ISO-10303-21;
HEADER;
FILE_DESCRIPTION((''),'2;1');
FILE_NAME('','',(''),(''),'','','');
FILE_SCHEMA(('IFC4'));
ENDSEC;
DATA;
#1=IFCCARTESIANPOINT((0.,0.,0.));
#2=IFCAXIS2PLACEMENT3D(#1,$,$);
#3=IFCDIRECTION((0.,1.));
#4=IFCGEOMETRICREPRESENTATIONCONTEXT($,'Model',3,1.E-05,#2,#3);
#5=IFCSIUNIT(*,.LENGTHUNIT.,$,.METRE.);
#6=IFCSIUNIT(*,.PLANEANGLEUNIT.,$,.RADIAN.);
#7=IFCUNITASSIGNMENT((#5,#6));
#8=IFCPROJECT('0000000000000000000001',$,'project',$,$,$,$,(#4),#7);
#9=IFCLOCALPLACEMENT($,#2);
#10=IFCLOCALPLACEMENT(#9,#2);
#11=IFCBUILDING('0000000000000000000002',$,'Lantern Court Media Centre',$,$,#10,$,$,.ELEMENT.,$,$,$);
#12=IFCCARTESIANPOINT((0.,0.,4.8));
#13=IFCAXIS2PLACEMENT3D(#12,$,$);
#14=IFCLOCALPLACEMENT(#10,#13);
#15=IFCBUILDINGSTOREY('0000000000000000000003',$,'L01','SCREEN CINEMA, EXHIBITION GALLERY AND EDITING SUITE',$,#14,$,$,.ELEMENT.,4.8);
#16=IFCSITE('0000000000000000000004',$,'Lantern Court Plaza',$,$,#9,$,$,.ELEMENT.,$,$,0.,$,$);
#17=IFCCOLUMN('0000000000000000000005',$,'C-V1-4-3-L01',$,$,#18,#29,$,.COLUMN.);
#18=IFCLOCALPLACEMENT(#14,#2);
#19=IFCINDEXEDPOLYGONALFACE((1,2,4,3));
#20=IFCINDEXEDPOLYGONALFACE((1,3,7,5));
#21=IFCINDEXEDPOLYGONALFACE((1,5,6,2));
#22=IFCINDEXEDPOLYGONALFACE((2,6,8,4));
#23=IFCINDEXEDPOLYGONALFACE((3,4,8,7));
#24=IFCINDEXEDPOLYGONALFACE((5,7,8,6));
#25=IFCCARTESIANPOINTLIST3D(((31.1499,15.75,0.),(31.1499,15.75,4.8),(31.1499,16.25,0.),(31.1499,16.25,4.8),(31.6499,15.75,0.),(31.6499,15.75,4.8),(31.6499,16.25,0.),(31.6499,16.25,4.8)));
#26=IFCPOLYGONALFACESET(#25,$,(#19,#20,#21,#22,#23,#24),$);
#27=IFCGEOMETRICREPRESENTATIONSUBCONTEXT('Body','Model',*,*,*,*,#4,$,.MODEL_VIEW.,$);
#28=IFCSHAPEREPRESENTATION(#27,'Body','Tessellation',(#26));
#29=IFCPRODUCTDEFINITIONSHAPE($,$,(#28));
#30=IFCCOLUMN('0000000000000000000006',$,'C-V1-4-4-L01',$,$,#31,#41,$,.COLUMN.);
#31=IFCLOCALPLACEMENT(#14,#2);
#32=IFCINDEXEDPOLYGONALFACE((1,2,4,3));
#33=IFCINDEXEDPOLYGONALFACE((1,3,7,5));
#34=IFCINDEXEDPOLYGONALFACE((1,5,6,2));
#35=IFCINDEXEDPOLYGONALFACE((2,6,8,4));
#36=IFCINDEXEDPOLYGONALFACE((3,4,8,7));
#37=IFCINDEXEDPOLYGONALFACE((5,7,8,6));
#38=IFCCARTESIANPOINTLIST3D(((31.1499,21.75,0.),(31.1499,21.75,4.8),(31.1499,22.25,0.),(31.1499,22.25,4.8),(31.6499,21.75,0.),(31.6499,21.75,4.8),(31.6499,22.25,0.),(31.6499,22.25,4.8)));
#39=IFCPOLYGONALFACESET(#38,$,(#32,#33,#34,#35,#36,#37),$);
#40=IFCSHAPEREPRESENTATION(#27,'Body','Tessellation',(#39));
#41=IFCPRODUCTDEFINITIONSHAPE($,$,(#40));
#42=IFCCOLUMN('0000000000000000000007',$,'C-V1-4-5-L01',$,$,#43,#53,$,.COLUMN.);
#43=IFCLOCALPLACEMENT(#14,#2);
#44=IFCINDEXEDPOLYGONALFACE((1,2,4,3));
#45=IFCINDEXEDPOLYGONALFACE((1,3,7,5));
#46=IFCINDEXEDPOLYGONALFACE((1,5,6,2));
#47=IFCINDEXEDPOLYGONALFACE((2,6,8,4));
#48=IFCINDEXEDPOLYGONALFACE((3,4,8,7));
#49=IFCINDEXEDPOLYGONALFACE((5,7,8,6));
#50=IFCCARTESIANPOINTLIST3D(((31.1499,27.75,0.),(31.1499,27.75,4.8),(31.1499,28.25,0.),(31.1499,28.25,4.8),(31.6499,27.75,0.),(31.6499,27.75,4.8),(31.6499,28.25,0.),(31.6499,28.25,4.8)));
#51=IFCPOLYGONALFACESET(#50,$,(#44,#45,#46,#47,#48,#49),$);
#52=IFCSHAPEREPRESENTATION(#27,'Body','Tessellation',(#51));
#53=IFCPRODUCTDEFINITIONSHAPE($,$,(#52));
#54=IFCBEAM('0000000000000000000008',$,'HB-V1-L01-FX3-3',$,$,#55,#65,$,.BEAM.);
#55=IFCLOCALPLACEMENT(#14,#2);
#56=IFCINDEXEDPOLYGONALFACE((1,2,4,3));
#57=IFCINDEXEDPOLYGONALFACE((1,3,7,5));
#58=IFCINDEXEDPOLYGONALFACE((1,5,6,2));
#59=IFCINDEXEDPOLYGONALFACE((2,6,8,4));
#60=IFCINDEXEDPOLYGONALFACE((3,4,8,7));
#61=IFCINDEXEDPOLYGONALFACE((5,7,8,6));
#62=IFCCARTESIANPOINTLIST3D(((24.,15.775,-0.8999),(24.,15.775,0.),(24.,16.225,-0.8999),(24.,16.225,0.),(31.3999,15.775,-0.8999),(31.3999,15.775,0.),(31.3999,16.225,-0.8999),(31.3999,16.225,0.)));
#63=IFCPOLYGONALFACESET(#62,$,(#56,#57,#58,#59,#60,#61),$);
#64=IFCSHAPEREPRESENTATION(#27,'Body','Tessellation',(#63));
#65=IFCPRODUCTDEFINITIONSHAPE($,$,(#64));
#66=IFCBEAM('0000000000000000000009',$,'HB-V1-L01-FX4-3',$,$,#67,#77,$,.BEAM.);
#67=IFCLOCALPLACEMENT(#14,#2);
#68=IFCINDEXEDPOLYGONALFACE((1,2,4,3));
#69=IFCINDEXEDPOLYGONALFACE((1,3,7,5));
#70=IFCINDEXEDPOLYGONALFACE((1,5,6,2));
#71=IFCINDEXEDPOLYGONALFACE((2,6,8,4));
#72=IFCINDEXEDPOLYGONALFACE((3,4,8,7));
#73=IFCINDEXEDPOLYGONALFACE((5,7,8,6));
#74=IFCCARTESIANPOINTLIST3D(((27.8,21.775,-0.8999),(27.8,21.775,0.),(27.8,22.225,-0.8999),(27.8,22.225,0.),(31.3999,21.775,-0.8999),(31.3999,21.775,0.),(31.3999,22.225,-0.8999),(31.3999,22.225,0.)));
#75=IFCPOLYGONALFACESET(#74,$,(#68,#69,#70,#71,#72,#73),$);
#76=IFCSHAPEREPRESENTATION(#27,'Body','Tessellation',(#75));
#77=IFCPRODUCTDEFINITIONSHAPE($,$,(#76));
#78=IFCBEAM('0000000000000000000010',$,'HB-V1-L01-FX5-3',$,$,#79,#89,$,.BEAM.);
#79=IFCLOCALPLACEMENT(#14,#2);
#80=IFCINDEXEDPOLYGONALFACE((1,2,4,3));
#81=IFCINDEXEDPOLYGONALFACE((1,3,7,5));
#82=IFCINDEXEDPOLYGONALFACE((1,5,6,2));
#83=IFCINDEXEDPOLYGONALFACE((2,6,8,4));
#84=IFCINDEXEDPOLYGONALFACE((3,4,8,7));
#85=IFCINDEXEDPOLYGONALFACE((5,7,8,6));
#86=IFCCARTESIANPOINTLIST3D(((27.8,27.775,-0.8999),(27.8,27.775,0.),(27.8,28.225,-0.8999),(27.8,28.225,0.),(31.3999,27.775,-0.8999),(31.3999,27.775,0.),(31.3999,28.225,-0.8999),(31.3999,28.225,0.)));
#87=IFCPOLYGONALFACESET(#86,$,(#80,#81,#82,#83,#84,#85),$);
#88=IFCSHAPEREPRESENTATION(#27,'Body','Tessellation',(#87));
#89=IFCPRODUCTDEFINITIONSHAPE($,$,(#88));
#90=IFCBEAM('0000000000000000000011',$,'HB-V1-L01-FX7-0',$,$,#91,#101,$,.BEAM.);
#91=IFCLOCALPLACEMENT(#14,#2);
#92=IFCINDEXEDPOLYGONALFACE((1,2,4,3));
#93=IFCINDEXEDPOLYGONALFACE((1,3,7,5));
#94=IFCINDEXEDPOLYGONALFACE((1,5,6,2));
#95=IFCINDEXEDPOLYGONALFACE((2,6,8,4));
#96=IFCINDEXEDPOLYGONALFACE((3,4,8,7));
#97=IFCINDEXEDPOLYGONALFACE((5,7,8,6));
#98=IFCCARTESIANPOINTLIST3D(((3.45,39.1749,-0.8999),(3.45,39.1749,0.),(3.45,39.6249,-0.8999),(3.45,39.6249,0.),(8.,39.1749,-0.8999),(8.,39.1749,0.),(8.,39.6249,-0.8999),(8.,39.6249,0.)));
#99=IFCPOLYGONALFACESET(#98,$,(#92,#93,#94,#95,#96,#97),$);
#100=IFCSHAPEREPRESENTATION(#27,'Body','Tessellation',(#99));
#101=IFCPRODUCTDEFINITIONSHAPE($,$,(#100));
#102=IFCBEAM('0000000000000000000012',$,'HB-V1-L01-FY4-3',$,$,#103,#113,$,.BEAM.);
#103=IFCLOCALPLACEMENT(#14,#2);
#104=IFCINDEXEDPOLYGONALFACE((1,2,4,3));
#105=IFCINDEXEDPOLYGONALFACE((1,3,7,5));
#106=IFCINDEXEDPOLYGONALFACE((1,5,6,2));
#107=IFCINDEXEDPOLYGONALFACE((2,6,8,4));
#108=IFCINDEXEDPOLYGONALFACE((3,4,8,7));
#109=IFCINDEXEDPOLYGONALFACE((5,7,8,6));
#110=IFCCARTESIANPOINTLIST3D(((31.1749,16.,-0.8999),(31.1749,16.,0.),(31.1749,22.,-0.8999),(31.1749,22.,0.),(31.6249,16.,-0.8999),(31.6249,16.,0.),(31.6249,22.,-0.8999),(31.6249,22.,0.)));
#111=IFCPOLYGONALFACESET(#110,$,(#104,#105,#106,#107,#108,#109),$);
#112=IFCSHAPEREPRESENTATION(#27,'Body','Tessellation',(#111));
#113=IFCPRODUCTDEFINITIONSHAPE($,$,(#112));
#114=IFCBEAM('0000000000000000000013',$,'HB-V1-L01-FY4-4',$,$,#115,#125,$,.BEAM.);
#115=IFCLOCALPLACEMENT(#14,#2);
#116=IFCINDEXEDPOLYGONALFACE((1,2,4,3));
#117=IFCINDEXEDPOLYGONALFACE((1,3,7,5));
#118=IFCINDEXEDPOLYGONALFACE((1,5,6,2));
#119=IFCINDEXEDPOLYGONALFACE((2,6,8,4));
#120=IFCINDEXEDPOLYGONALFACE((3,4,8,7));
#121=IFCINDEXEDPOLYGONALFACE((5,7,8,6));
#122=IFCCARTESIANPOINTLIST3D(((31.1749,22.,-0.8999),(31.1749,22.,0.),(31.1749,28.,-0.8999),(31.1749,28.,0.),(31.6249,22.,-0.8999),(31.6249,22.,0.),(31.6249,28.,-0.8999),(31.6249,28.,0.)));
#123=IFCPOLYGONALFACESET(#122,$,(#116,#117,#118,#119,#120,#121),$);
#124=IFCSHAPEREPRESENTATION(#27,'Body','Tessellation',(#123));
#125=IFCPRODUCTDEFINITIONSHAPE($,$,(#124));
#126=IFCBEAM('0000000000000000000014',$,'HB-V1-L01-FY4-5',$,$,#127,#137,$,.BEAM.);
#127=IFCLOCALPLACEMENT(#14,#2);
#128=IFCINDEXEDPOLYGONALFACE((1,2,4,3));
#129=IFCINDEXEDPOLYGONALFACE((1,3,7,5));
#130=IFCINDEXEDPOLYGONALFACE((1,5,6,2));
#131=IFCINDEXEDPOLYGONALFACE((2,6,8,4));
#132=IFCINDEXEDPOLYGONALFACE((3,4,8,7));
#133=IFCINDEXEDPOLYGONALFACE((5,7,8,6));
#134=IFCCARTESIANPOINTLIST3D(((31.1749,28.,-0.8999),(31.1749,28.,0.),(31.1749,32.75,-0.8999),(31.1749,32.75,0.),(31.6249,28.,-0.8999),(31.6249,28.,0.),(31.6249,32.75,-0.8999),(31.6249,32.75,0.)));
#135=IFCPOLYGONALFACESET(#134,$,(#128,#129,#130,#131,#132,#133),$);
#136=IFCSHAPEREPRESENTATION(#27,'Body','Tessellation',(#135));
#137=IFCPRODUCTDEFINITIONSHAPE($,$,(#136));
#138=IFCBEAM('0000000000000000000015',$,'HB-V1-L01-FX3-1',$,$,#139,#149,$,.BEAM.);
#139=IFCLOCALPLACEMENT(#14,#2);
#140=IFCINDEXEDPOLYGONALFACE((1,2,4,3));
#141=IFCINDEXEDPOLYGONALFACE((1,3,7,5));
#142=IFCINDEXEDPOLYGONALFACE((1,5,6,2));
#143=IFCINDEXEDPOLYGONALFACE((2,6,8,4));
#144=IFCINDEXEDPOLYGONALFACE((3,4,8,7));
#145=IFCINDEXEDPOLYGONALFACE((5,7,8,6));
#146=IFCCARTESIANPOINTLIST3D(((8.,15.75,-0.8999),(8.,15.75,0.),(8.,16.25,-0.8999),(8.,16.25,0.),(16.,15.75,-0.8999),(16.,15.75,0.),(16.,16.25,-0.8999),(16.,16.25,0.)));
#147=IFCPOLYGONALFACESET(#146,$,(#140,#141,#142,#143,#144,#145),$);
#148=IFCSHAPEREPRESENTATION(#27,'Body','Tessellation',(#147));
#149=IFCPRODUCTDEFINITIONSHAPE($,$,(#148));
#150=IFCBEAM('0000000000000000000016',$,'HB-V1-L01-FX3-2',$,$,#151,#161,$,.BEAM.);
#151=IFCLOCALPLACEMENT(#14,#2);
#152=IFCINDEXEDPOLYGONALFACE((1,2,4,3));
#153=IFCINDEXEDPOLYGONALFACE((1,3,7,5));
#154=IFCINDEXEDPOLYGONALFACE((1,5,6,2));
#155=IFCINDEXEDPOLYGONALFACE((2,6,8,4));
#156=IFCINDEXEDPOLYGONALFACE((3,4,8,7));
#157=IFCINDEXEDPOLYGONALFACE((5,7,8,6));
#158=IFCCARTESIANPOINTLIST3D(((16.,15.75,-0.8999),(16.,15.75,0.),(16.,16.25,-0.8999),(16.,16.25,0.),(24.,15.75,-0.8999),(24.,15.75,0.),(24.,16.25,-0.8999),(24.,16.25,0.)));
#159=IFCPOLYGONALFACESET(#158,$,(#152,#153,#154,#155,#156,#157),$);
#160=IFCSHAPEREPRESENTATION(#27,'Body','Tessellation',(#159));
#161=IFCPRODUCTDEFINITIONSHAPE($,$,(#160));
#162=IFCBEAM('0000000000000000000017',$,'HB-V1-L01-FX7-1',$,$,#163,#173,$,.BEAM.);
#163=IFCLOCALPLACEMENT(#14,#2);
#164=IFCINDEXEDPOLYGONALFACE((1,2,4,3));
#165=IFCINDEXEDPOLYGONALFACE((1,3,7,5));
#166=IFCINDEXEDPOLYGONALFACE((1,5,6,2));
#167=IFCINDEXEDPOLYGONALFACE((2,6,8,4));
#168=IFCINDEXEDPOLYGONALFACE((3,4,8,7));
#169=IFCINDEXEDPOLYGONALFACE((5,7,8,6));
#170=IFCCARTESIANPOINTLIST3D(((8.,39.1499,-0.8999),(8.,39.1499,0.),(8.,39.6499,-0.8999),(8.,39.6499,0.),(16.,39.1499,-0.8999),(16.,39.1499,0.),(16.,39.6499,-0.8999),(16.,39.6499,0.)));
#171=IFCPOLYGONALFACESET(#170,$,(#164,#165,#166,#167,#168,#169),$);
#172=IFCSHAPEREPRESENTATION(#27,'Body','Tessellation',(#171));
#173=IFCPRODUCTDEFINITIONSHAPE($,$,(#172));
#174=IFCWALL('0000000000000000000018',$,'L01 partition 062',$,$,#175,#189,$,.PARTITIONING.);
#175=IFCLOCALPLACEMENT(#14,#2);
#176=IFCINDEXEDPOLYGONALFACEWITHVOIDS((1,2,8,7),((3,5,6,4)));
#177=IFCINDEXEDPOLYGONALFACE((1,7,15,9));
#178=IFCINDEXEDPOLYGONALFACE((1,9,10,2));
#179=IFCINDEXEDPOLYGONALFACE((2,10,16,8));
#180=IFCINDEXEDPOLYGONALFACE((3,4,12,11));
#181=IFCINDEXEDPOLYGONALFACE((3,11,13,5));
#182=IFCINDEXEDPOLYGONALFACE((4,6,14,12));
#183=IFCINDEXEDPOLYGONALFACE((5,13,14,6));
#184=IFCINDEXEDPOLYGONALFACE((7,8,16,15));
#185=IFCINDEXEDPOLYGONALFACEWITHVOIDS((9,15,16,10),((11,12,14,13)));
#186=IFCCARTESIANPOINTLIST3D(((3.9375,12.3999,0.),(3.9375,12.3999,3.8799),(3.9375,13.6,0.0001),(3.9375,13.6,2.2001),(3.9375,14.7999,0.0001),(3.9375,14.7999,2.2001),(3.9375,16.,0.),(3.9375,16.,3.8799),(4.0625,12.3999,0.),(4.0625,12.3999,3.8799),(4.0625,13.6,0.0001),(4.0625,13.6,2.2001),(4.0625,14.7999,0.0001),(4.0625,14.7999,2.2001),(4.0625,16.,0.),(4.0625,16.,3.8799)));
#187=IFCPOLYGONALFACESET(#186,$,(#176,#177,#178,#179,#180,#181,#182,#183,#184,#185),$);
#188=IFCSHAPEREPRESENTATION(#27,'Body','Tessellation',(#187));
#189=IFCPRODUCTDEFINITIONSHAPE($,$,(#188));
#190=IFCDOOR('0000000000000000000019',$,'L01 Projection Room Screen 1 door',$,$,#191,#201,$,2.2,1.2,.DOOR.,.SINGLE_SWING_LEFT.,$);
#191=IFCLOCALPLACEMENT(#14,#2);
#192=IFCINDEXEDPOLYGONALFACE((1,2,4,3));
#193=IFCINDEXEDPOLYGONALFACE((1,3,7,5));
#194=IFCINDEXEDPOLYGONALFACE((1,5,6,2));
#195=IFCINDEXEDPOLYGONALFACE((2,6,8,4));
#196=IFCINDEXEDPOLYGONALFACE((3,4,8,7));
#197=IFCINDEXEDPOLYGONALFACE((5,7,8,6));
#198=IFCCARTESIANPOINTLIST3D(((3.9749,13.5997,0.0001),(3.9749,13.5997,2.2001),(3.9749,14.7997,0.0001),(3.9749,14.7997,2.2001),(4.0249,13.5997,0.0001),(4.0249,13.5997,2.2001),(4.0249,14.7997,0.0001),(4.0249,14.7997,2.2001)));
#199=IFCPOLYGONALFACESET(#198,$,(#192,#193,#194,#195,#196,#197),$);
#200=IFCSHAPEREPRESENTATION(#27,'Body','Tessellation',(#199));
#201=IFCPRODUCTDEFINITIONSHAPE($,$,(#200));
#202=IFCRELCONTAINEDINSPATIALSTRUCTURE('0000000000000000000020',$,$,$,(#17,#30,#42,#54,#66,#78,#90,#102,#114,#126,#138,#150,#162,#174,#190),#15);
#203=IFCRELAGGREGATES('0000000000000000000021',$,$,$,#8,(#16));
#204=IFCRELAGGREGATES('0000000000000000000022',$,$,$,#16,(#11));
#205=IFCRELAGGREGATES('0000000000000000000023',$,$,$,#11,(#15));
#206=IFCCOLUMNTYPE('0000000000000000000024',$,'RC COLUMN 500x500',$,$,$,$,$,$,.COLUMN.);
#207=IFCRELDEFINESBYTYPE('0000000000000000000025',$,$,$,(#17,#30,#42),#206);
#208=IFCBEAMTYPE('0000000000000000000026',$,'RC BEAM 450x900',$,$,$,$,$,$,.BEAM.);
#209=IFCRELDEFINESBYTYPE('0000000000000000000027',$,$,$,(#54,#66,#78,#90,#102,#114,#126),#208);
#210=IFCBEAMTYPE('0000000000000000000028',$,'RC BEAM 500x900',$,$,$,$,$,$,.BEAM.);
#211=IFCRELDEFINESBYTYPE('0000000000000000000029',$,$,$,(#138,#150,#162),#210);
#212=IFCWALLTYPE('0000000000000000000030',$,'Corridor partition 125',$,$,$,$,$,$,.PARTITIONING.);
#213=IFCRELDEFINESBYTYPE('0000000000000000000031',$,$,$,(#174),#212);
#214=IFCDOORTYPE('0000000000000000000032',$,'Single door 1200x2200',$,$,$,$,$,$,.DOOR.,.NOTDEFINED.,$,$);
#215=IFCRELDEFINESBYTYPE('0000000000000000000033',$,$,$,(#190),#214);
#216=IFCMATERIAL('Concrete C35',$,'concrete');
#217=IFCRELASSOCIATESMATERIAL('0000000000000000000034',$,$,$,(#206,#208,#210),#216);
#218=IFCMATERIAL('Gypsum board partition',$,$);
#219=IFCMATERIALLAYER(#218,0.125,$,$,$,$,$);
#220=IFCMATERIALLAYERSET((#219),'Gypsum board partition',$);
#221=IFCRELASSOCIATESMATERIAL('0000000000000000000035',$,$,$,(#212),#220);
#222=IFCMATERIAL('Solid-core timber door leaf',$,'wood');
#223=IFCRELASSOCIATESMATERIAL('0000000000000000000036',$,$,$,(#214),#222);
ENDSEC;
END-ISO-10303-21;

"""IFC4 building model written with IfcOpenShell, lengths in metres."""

from ifc_helpers import new_model, si_unit, direction, frame, frame_2d, origin, origin_2d, place, context, subcontext, project, spatial, rectangle, extrude, material, layer, layer_set, material_profile, profile_set, type_object, element, fill, save


model = new_model("IFC4")

# Units and contexts
model_context = context("Model", 3, precision=1e-05, world=origin(), true_north=direction((0.0, 1.0)))
body_context = subcontext(model_context, "Body", "Model", "MODEL_VIEW")
ifc_project = project(units=[si_unit("LENGTHUNIT", "METRE"), si_unit("PLANEANGLEUNIT", "RADIAN")], contexts=[model_context])

# Site, building, storey
site_placement = place(None, origin())
site = spatial("IfcSite", under=ifc_project, at=site_placement, Name="Lantern Court Plaza", CompositionType="ELEMENT", RefElevation=0.0)
building_placement = place(site_placement, origin())
building = spatial("IfcBuilding", under=site, at=building_placement, Name="Lantern Court Media Centre", CompositionType="ELEMENT")
storey_placement = place(building_placement, frame((0.0, 0.0, 4.8)))
storey = spatial("IfcBuildingStorey", under=building, at=storey_placement, Name="L01", Description="SCREEN CINEMA, EXHIBITION GALLERY AND EDITING SUITE", CompositionType="ELEMENT", Elevation=4.8)

# Columns
ifc_material_1 = material(Name="Concrete C35", Category="concrete")
ifc_material_profile_1 = material_profile(ifc_material_1, rectangle(XDim=0.5, YDim=0.5, at=origin_2d()), Name="RC 500x500")
ifc_profile_set_1 = profile_set([ifc_material_profile_1], Name="Concrete C35")
column_type = type_object("IfcColumnType", Name="RC COLUMN 500x500", PredefinedType="COLUMN", material=ifc_profile_set_1)
for number, where, z_axis, x_axis, name in (
    (1, (31.3999, 16.0, 0.0), (0.0, 0.0, 1.0), (1.0, 0.0, 0.0), "C-V1-4-3-L01"),
    (2, (31.3999, 22.0, 0.0), (0.0, 0.0, 1.0), (1.0, 0.0, 0.0), "C-V1-4-4-L01"),
    (3, (31.3999, 28.0, 0.0), (0.0, 0.0, 1.0), (1.0, 0.0, 0.0), "C-V1-4-5-L01"),
):
    element("IfcColumn", number, at=place(storey_placement, frame(where, z_axis=z_axis, x_axis=x_axis)), inside=storey, type_object=column_type, Name=name, PredefinedType="COLUMN", context=body_context, shape_type="SweptSolid", body=[
        extrude(rectangle(XDim=0.5, YDim=0.5, at=origin_2d()), origin(), (0.0, 0.0, 1.0), 4.8),
    ])

# Beams
ifc_material_profile_2 = material_profile(ifc_material_1, rectangle(XDim=0.45, YDim=0.8999, at=origin_2d()), Name="RC 450x900")
ifc_profile_set_2 = profile_set([ifc_material_profile_2], Name="Concrete C35")
beam_type_1 = type_object("IfcBeamType", Name="RC BEAM 450x900", PredefinedType="BEAM", material=ifc_profile_set_2)
beam_1_placement = place(storey_placement, frame((24.0, 16.0, -0.45), z_axis=(1.0, 0.0, 0.0), x_axis=(0.0, 1.0, 0.0)))
element("IfcBeam", 4, at=beam_1_placement, inside=storey, type_object=beam_type_1, Name="HB-V1-L01-FX3-3", PredefinedType="BEAM", context=body_context, shape_type="SweptSolid", body=[
    extrude(rectangle(XDim=0.45, YDim=0.8999, at=origin_2d()), origin(), (0.0, 0.0, 1.0), 7.3999),
])
for number, where, z_axis, x_axis, name in (
    (5, (27.8, 22.0, -0.45), (1.0, 0.0, 0.0), (0.0, 1.0, 0.0), "HB-V1-L01-FX4-3"),
    (6, (27.8, 28.0, -0.45), (1.0, 0.0, 0.0), (0.0, 1.0, 0.0), "HB-V1-L01-FX5-3"),
):
    element("IfcBeam", number, at=place(storey_placement, frame(where, z_axis=z_axis, x_axis=x_axis)), inside=storey, type_object=beam_type_1, Name=name, PredefinedType="BEAM", context=body_context, shape_type="SweptSolid", body=[
        extrude(rectangle(XDim=0.45, YDim=0.8999, at=origin_2d()), origin(), (0.0, 0.0, 1.0), 3.5999),
    ])
beam_2_placement = place(storey_placement, frame((3.45, 39.3999, -0.45), z_axis=(1.0, 0.0, 0.0), x_axis=(0.0, 1.0, 0.0)))
element("IfcBeam", 7, at=beam_2_placement, inside=storey, type_object=beam_type_1, Name="HB-V1-L01-FX7-0", PredefinedType="BEAM", context=body_context, shape_type="SweptSolid", body=[
    extrude(rectangle(XDim=0.45, YDim=0.8999, at=origin_2d()), origin(), (0.0, 0.0, 1.0), 4.55),
])
for number, where, z_axis, x_axis, name in (
    (8, (31.3999, 16.0, -0.45), (0.0, 1.0, 0.0), (-1.0, 0.0, 0.0), "HB-V1-L01-FY4-3"),
    (9, (31.3999, 22.0, -0.45), (0.0, 1.0, 0.0), (-1.0, 0.0, 0.0), "HB-V1-L01-FY4-4"),
):
    element("IfcBeam", number, at=place(storey_placement, frame(where, z_axis=z_axis, x_axis=x_axis)), inside=storey, type_object=beam_type_1, Name=name, PredefinedType="BEAM", context=body_context, shape_type="SweptSolid", body=[
        extrude(rectangle(XDim=0.45, YDim=0.8999, at=origin_2d()), origin(), (0.0, 0.0, 1.0), 6.0),
    ])
beam_3_placement = place(storey_placement, frame((31.3999, 28.0, -0.45), z_axis=(0.0, 1.0, 0.0), x_axis=(-1.0, 0.0, 0.0)))
element("IfcBeam", 10, at=beam_3_placement, inside=storey, type_object=beam_type_1, Name="HB-V1-L01-FY4-5", PredefinedType="BEAM", context=body_context, shape_type="SweptSolid", body=[
    extrude(rectangle(XDim=0.45, YDim=0.8999, at=origin_2d()), origin(), (0.0, 0.0, 1.0), 4.75),
])
ifc_material_profile_3 = material_profile(ifc_material_1, rectangle(XDim=0.5, YDim=0.8999, at=origin_2d()), Name="RC 500x900")
ifc_profile_set_3 = profile_set([ifc_material_profile_3], Name="Concrete C35")
beam_type_2 = type_object("IfcBeamType", Name="RC BEAM 500x900", PredefinedType="BEAM", material=ifc_profile_set_3)
for number, where, z_axis, x_axis, name in (
    (11, (8.0, 16.0, -0.45), (1.0, 0.0, 0.0), (0.0, 1.0, 0.0), "HB-V1-L01-FX3-1"),
    (12, (16.0, 16.0, -0.45), (1.0, 0.0, 0.0), (0.0, 1.0, 0.0), "HB-V1-L01-FX3-2"),
    (13, (8.0, 39.3999, -0.45), (1.0, 0.0, 0.0), (0.0, 1.0, 0.0), "HB-V1-L01-FX7-1"),
):
    element("IfcBeam", number, at=place(storey_placement, frame(where, z_axis=z_axis, x_axis=x_axis)), inside=storey, type_object=beam_type_2, Name=name, PredefinedType="BEAM", context=body_context, shape_type="SweptSolid", body=[
        extrude(rectangle(XDim=0.5, YDim=0.8999, at=origin_2d()), origin(), (0.0, 0.0, 1.0), 8.0),
    ])

# Wall, opening, door
ifc_material_2 = material(Name="Gypsum board partition")
ifc_layer_1 = layer(ifc_material_2, 0.125)
ifc_layer_set_1 = layer_set([ifc_layer_1], Name="Gypsum board partition")
wall_type_1 = type_object("IfcWallType", Name="Corridor partition 125", PredefinedType="PARTITIONING", material=ifc_layer_set_1)
wall_1_placement = place(storey_placement, frame((4.0, 12.3999, 0.0), z_axis=(0.0, 0.0, 1.0), x_axis=(0.0, 1.0, 0.0)))
wall_1 = element("IfcWall", 14, at=wall_1_placement, inside=storey, type_object=wall_type_1, Name="L01 partition 062", PredefinedType="PARTITIONING", context=body_context, shape_type="SweptSolid", body=[
    extrude(rectangle(XDim=3.6001, YDim=0.125, at=frame_2d((1.8, 0.0))), origin(), (0.0, 0.0, 1.0), 3.8799),
])
opening_1_placement = place(wall_1_placement, frame((1.2, 0.0, 0.0)))
opening_1 = element("IfcOpeningElement", 15, at=opening_1_placement, cuts=wall_1, PredefinedType="OPENING", context=body_context, shape_type="SweptSolid", body=[
    extrude(rectangle(XDim=1.2, YDim=2.2, at=frame_2d((0.6001, 1.1001))), frame((0.0, 0.0725, 0.0), z_axis=(0.0, -1.0, 0.0), x_axis=(1.0, 0.0, 0.0)), (0.0, 0.0, 1.0), 0.145),
])
ifc_material_3 = material(Name="Solid-core timber door leaf", Category="wood")
door_type_1 = type_object("IfcDoorType", Name="Single door 1200x2200", OperationType="NOTDEFINED", PredefinedType="DOOR", material=ifc_material_3)
door_1_placement = place(opening_1_placement, frame((1.2, 0.0, 0.0), z_axis=(0.0, 0.0, 1.0), x_axis=(-1.0, 0.0, 0.0)))
door_1 = element("IfcDoor", 16, at=door_1_placement, inside=storey, type_object=door_type_1, Name="L01 Projection Room Screen 1 door", OperationType="SINGLE_SWING_LEFT", OverallHeight=2.2, OverallWidth=1.2, PredefinedType="DOOR", context=body_context, shape_type="SweptSolid", body=[
    extrude(rectangle(XDim=1.2, YDim=2.2, at=frame_2d((0.6001, 1.1001))), frame((0.0, 0.0249, 0.0), z_axis=(0.0, -1.0, 0.0), x_axis=(1.0, 0.0, 0.0)), (0.0, 0.0, 1.0), 0.05),
])
fill(opening_1, door_1)

save(model, "model.ifc")
